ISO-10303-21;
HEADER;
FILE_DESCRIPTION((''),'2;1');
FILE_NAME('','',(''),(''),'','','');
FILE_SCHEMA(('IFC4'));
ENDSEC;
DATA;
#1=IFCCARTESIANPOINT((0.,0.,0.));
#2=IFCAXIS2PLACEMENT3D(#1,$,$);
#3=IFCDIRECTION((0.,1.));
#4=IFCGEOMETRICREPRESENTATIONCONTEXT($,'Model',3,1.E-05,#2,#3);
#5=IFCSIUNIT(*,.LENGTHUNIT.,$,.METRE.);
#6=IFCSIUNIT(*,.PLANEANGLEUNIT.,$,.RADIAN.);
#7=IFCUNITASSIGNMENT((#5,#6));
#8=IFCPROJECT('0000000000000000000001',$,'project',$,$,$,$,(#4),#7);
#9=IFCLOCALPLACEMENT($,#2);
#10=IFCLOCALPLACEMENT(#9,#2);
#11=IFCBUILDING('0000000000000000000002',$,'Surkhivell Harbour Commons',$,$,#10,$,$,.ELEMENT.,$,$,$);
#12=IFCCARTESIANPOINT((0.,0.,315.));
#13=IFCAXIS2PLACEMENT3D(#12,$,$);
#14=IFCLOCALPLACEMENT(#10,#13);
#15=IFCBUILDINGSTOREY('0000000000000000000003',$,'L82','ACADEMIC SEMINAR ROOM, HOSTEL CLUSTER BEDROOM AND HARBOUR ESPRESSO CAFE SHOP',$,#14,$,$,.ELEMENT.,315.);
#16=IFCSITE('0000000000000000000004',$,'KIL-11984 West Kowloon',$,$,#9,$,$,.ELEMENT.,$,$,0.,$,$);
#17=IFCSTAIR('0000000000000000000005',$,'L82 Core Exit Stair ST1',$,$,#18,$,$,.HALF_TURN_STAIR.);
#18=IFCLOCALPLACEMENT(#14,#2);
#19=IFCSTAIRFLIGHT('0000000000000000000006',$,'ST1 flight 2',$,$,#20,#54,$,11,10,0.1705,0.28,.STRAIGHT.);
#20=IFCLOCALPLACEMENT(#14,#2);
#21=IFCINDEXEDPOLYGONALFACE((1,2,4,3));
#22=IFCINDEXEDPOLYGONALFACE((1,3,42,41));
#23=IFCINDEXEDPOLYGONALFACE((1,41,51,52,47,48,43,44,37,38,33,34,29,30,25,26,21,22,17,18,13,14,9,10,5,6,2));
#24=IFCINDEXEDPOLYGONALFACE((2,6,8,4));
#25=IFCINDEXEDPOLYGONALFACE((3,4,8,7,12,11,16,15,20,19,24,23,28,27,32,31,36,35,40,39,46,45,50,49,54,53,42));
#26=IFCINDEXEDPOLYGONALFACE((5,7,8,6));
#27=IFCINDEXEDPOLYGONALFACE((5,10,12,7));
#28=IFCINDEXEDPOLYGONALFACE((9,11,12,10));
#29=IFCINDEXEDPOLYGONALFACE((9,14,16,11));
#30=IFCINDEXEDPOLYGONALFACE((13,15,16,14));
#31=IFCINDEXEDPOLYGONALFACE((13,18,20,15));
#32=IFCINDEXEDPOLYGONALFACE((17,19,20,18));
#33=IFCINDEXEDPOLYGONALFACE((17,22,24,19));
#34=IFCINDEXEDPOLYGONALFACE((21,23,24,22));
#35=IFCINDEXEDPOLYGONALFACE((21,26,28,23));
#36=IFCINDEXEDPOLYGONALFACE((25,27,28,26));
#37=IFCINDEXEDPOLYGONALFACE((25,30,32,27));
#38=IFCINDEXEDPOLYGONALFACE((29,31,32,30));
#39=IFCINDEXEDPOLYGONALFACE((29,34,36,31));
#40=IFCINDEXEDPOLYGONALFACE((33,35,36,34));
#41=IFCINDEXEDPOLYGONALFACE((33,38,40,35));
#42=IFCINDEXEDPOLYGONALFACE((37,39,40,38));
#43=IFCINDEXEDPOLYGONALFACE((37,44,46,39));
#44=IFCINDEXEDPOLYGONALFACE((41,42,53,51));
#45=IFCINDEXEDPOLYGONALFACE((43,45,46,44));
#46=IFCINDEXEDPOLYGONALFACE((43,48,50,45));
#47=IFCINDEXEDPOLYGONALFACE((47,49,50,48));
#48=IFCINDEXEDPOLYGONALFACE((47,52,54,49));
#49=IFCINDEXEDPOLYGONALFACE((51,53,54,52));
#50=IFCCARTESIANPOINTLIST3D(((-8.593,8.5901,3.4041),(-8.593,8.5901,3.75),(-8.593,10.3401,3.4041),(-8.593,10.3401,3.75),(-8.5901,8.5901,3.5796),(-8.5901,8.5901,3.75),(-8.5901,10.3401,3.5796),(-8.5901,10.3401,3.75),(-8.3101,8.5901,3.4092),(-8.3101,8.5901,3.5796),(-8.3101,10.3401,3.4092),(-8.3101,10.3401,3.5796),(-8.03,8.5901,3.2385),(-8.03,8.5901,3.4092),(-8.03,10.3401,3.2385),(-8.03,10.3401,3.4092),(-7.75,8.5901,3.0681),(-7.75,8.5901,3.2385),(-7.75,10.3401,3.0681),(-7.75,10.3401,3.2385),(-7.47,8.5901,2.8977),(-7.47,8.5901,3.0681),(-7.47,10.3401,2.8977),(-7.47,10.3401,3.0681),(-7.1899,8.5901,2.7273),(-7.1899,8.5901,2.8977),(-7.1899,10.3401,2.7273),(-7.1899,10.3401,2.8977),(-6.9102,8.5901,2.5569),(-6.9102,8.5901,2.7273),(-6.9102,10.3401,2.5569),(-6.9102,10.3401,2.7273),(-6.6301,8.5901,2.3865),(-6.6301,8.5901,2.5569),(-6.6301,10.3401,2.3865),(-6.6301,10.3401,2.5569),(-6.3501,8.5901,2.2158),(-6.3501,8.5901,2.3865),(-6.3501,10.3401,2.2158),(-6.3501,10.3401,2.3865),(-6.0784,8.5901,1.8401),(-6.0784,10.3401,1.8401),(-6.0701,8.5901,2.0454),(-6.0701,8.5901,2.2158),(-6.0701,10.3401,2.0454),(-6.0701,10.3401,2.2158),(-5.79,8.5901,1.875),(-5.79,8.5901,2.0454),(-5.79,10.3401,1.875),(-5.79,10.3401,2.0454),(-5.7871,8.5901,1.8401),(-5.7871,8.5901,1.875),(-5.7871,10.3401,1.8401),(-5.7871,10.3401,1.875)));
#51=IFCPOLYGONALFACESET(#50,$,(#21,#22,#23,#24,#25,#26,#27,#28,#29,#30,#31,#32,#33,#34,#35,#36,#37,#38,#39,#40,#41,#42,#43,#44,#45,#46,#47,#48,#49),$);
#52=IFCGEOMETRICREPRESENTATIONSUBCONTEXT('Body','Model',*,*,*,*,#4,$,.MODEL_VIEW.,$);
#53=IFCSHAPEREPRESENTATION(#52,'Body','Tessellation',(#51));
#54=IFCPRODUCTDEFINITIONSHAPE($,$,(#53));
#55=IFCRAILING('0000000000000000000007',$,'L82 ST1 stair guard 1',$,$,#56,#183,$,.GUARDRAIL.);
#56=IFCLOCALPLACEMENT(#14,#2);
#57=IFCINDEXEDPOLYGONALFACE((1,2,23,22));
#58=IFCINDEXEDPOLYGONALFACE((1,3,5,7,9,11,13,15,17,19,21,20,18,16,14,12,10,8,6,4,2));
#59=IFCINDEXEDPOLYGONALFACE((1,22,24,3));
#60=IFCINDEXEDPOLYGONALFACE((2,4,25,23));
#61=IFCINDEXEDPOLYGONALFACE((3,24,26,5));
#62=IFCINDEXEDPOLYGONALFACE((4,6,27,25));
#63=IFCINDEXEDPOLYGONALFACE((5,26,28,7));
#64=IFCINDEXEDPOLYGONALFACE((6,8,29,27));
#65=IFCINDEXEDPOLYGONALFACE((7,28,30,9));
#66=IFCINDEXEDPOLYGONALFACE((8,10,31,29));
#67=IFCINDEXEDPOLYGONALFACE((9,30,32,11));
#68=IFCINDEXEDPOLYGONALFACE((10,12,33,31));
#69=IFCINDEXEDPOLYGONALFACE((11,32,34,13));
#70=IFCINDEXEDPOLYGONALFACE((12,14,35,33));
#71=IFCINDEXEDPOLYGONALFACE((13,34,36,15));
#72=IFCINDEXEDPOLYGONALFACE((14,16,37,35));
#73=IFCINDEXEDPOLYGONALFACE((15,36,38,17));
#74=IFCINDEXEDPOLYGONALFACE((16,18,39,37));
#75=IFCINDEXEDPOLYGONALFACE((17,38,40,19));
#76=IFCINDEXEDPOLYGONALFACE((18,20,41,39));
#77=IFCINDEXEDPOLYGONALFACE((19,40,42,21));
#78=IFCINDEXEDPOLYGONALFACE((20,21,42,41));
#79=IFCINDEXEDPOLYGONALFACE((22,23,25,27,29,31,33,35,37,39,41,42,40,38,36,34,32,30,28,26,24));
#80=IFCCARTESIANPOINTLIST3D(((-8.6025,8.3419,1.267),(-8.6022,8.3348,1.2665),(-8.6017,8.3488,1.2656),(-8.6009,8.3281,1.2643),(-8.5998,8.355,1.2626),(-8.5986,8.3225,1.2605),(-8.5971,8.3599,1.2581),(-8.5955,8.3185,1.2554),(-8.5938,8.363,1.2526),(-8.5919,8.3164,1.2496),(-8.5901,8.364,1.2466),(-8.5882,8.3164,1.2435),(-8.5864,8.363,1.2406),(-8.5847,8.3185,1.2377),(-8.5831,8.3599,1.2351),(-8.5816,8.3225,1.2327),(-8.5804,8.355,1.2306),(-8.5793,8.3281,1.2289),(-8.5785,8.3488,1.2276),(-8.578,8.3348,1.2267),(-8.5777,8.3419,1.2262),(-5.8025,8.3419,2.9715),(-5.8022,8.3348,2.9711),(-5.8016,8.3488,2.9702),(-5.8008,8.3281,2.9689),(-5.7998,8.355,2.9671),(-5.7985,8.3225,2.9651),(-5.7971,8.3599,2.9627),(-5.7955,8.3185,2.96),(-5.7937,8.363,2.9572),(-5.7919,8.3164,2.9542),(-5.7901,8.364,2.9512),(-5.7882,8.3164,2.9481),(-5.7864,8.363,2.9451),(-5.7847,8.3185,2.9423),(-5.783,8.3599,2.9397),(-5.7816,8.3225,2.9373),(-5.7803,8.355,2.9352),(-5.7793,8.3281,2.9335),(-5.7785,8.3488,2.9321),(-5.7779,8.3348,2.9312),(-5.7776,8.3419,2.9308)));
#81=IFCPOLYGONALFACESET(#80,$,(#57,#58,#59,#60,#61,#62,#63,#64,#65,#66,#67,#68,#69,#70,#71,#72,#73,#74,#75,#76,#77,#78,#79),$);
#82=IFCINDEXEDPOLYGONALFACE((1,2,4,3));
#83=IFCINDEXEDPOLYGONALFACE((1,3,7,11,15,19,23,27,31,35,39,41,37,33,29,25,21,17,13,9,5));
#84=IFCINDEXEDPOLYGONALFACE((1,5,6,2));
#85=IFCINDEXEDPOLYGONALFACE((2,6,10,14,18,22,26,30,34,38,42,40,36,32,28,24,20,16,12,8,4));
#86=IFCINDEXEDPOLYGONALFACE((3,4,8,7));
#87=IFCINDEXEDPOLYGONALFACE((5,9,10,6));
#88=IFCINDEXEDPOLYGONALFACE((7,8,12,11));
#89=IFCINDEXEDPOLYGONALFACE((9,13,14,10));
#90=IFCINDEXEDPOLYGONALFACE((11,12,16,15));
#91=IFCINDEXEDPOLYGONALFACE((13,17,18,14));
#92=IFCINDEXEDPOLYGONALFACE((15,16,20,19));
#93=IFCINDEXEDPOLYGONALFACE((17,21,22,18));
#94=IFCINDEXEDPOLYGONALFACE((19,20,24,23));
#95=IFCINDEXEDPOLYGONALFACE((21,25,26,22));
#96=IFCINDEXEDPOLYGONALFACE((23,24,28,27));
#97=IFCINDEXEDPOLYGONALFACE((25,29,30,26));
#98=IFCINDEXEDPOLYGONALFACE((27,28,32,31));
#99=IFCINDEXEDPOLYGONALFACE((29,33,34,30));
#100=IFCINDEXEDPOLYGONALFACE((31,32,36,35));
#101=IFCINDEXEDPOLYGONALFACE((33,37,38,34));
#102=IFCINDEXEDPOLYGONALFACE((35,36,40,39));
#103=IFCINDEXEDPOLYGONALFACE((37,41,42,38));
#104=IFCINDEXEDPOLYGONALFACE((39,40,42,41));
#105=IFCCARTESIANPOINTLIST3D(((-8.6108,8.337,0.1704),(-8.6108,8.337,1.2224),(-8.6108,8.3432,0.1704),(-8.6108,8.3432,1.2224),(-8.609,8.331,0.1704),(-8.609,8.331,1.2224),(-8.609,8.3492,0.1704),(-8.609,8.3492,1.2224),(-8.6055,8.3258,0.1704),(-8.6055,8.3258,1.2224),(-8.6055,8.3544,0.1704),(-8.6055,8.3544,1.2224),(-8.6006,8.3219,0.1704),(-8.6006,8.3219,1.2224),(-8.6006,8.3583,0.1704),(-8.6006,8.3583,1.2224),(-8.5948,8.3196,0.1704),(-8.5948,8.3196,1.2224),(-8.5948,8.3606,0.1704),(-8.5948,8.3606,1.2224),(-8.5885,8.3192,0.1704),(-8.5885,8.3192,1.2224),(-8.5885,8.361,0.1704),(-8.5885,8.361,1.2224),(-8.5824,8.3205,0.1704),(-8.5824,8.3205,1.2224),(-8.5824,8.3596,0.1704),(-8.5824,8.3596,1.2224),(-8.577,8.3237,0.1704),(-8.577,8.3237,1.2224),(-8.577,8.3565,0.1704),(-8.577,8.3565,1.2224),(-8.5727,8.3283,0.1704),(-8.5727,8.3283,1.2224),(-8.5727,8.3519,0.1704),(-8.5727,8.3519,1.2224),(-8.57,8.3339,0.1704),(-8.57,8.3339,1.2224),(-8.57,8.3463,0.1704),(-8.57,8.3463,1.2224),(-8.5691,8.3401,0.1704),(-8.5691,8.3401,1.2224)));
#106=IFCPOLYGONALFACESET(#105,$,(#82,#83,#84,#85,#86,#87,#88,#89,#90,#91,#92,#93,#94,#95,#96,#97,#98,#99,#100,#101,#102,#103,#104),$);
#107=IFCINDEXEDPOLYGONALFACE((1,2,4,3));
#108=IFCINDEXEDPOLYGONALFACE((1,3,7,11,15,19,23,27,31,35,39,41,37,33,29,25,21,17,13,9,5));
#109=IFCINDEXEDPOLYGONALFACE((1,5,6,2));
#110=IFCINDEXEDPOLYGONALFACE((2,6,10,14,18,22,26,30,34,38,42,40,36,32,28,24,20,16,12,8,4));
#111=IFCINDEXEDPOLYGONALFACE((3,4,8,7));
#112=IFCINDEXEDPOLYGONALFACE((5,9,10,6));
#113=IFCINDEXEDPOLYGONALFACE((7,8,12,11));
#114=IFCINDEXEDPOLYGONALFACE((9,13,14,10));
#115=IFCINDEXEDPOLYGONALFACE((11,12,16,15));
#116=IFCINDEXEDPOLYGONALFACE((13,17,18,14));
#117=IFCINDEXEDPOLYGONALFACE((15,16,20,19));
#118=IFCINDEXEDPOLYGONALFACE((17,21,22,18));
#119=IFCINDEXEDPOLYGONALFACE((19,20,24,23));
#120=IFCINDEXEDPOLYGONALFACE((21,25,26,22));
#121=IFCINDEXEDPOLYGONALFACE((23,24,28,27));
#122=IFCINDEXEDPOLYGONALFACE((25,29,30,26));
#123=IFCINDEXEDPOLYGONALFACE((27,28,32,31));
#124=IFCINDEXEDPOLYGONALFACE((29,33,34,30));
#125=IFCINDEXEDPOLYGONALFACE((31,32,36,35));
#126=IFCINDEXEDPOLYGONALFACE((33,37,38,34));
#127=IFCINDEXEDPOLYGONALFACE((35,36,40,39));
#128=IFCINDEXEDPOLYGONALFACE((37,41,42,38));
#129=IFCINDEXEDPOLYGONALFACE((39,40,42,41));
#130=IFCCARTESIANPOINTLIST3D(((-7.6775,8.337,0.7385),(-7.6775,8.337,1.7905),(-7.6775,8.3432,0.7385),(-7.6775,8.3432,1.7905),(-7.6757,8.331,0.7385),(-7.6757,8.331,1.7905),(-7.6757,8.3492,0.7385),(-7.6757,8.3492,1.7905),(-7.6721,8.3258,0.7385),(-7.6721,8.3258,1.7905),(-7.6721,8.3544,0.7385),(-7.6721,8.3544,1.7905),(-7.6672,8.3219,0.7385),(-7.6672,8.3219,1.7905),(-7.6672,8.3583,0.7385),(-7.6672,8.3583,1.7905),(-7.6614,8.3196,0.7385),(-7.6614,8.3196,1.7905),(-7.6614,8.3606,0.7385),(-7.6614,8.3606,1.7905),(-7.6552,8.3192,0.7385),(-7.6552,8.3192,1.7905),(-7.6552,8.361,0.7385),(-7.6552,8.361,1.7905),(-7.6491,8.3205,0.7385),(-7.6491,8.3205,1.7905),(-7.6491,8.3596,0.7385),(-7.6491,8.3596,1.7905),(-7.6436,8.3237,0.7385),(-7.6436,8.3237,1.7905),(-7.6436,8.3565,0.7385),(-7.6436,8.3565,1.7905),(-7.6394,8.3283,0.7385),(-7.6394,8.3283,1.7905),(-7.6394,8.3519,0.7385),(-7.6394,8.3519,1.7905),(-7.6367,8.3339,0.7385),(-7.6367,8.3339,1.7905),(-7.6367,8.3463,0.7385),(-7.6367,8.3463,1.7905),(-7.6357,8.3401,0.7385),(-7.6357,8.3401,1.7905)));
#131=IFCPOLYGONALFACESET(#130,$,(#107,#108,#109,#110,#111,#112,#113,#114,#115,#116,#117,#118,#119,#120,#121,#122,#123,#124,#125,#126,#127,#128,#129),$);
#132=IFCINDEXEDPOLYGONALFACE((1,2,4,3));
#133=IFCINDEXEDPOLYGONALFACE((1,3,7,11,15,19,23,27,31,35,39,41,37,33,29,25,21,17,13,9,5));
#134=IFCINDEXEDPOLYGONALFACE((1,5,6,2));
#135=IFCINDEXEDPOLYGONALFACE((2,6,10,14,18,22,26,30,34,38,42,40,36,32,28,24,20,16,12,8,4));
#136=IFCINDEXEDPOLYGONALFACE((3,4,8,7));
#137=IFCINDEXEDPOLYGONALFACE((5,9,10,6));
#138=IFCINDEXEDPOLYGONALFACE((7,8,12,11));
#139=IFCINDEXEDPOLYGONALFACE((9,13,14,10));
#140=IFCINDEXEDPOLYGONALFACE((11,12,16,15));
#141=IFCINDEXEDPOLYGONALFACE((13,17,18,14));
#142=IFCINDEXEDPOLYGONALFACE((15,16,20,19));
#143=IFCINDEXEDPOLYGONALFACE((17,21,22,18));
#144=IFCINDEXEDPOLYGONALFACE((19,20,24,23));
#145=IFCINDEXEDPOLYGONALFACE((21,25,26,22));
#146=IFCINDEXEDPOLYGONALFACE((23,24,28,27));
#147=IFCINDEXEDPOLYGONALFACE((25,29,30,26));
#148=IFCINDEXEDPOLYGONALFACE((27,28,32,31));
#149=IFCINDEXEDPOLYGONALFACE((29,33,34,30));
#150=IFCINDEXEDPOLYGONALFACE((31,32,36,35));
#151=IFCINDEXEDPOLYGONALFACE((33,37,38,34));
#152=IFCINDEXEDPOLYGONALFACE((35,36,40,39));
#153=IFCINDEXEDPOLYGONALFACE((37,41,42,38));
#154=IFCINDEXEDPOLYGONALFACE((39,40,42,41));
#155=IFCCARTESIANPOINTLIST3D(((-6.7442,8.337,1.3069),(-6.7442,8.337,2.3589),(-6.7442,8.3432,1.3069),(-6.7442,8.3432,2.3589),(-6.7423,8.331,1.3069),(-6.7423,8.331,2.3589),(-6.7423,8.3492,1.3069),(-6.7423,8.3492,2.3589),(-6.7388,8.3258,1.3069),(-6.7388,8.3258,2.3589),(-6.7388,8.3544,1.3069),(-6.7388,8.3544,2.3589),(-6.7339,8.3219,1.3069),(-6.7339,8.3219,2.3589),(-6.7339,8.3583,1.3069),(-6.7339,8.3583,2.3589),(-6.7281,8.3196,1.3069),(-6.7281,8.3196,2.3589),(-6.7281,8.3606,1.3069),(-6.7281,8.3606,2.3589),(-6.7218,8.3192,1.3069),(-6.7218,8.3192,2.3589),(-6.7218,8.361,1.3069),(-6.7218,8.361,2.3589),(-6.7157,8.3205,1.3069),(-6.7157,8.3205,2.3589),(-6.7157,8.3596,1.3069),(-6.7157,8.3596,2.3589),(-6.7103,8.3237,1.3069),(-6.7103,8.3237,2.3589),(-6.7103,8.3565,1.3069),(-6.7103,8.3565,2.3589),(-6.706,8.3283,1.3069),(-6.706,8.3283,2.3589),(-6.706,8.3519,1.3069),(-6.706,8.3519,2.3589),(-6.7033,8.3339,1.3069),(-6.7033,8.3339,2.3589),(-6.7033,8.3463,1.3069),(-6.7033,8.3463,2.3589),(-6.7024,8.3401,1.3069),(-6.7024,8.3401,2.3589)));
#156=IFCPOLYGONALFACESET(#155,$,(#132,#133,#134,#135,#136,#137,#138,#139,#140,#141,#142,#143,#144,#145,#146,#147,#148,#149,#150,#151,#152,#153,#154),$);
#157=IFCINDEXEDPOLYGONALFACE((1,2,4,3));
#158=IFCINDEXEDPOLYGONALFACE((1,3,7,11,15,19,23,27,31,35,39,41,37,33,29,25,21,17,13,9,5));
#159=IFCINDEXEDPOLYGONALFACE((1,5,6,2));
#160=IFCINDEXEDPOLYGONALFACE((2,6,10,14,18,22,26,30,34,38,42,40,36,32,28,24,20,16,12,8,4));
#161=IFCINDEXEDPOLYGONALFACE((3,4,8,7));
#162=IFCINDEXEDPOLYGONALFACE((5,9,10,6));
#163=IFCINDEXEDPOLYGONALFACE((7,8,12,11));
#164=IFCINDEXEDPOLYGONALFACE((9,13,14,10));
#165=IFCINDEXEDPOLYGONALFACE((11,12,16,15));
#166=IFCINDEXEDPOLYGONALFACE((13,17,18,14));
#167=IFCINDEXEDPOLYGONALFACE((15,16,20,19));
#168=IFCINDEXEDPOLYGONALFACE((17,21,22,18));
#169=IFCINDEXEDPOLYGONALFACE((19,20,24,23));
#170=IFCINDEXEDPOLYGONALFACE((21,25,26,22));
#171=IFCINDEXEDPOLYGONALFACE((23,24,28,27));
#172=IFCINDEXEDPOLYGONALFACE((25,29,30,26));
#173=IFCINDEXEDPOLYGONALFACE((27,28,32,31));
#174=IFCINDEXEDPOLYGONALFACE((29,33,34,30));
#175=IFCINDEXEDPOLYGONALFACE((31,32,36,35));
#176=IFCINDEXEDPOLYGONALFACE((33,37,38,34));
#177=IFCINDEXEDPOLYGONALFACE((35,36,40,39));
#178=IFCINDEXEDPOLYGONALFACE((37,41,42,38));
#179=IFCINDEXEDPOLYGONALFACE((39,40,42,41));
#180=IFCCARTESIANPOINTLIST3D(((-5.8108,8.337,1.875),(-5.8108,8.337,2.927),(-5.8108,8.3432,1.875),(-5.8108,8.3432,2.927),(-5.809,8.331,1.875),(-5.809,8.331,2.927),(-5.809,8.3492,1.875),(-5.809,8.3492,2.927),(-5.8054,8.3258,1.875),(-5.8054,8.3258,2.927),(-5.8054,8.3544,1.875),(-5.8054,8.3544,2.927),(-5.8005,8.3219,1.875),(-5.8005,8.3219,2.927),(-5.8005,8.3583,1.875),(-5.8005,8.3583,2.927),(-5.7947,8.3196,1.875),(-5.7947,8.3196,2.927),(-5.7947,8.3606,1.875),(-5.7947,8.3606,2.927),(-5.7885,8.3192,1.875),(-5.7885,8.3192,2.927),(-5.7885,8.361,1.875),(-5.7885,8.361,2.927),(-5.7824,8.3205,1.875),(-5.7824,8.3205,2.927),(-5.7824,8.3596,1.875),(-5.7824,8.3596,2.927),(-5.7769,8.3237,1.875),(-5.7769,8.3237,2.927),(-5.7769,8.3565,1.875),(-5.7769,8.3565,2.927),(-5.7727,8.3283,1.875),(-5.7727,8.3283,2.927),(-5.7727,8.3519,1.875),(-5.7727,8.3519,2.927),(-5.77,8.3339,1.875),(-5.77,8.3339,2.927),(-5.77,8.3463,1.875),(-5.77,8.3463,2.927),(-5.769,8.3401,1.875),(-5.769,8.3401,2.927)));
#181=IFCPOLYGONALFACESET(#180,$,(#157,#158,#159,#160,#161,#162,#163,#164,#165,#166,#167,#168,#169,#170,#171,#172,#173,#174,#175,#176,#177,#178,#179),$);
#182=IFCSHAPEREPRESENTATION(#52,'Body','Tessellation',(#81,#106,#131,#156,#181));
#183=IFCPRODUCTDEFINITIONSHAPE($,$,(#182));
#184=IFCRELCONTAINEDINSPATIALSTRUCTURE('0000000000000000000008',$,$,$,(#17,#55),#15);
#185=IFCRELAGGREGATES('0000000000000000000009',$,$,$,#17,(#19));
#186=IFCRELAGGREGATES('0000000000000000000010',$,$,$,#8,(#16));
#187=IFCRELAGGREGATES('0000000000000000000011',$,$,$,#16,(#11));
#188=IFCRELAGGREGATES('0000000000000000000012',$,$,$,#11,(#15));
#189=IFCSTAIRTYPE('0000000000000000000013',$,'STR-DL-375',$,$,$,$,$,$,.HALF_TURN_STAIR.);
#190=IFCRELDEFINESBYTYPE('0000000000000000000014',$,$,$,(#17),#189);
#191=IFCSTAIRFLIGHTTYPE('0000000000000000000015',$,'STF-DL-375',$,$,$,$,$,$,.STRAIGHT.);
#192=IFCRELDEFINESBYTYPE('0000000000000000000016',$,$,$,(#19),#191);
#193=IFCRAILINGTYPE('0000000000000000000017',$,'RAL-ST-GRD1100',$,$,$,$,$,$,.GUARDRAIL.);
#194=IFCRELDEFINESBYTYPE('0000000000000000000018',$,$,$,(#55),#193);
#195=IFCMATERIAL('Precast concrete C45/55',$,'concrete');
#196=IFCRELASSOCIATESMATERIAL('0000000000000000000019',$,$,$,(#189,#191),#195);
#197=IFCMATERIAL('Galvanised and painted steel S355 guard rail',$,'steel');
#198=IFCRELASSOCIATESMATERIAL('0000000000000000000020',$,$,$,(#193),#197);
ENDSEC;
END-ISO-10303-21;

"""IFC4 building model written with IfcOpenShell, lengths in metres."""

from ifc_helpers import new_model, si_unit, direction, frame, origin, origin_2d, place, context, subcontext, project, spatial, polyline, circle, outline, extrude, material, type_object, element, aggregate, save


model = new_model("IFC4")

# Units and contexts
model_context = context("Model", 3, precision=1e-05, world=origin(), true_north=direction((0.0, 1.0)))
body_context = subcontext(model_context, "Body", "Model", "MODEL_VIEW")
ifc_project = project(units=[si_unit("LENGTHUNIT", "METRE"), si_unit("PLANEANGLEUNIT", "RADIAN")], contexts=[model_context])

# Site, building, storey
site_placement = place(None, origin())
site = spatial("IfcSite", under=ifc_project, at=site_placement, Name="KIL-11984 West Kowloon", CompositionType="ELEMENT", RefElevation=0.0)
building_placement = place(site_placement, origin())
building = spatial("IfcBuilding", under=site, at=building_placement, Name="Surkhivell Harbour Commons", CompositionType="ELEMENT")
storey_placement = place(building_placement, frame((0.0, 0.0, 315.0)))
storey = spatial("IfcBuildingStorey", under=building, at=storey_placement, Name="L82", Description="ACADEMIC SEMINAR ROOM, HOSTEL CLUSTER BEDROOM AND HARBOUR ESPRESSO CAFE SHOP", CompositionType="ELEMENT", Elevation=315.0)

# Stair, stair flight
ifc_material_1 = material(Name="Precast concrete C45/55", Category="concrete")
stair_type = type_object("IfcStairType", Name="STR-DL-375", PredefinedType="HALF_TURN_STAIR", material=ifc_material_1)
stair_placement = place(storey_placement, origin())
stair = element("IfcStair", 1, at=stair_placement, inside=storey, type_object=stair_type, Name="L82 Core Exit Stair ST1", PredefinedType="HALF_TURN_STAIR")
stair_flight_type = type_object("IfcStairFlightType", Name="STF-DL-375", PredefinedType="STRAIGHT", material=ifc_material_1)
stair_flight_1_placement = place(storey_placement, frame((-5.79, 9.4651, 1.875), z_axis=(0.0, 0.0, 1.0), x_axis=(-1.0, 0.0, 0.0)))
stair_flight_1 = element("IfcStairFlight", 2, at=stair_flight_1_placement, type_object=stair_flight_type, Name="ST1 flight 2", NumberOfRisers=11, NumberOfTreads=10, PredefinedType="STRAIGHT", RiserHeight=0.1705, TreadLength=0.28, context=body_context, shape_type="SweptSolid", body=[
    extrude(outline(polyline([(-0.0029, -0.0349), (-0.0029, 0.0), (0.0, 0.0), (0.0, 0.1704), (0.28, 0.1704), (0.28, 0.3408), (0.5601, 0.3408), (0.5601, 0.5115), (0.8401, 0.5115), (0.8401, 0.6819), (1.1201, 0.6819), (1.1201, 0.8523), (1.3999, 0.8523), (1.3999, 1.0227), (1.6799, 1.0227), (1.6799, 1.1931), (1.96, 1.1931), (1.96, 1.3635), (2.24, 1.3635), (2.24, 1.5342), (2.52, 1.5342), (2.52, 1.7046), (2.8, 1.7046), (2.8, 1.875), (2.803, 1.875), (2.803, 1.5291), (0.2883, -0.0349), (-0.0029, -0.0349)])), frame((0.0, 0.875, 0.0), z_axis=(0.0, -1.0, 0.0), x_axis=(1.0, 0.0, 0.0)), (0.0, 0.0, 1.0), 1.75),
])
aggregate(stair, [stair_flight_1])

# Railing
ifc_material_2 = material(Name="Galvanised and painted steel S355 guard rail", Category="steel")
railing_type_1 = type_object("IfcRailingType", Name="RAL-ST-GRD1100", PredefinedType="GUARDRAIL", material=ifc_material_2)
railing_1_placement = place(storey_placement, frame((-8.5901, 8.3401, 0.1704)))
element("IfcRailing", 3, at=railing_1_placement, inside=storey, type_object=railing_type_1, Name="L82 ST1 stair guard 1", PredefinedType="GUARDRAIL", context=body_context, shape_type="SweptSolid", body=[
    extrude(circle(Radius=0.0239, at=origin_2d()), frame((0.0, 0.0, 1.0762), z_axis=(0.85417, 0.0, 0.519994), x_axis=(0.0, 1.0, 0.0)), (0.0, 0.0, 1.0), 3.2781),
    extrude(circle(Radius=0.021, at=origin_2d()), origin(), (0.0, 0.0, 1.0), 1.052),
    extrude(circle(Radius=0.021, at=origin_2d()), frame((0.9333, 0.0, 0.5681)), (0.0, 0.0, 1.0), 1.052),
    extrude(circle(Radius=0.021, at=origin_2d()), frame((1.8667, 0.0, 1.1365)), (0.0, 0.0, 1.0), 1.052),
    extrude(circle(Radius=0.021, at=origin_2d()), frame((2.8, 0.0, 1.7046)), (0.0, 0.0, 1.0), 1.052),
])

save(model, "model.ifc")
